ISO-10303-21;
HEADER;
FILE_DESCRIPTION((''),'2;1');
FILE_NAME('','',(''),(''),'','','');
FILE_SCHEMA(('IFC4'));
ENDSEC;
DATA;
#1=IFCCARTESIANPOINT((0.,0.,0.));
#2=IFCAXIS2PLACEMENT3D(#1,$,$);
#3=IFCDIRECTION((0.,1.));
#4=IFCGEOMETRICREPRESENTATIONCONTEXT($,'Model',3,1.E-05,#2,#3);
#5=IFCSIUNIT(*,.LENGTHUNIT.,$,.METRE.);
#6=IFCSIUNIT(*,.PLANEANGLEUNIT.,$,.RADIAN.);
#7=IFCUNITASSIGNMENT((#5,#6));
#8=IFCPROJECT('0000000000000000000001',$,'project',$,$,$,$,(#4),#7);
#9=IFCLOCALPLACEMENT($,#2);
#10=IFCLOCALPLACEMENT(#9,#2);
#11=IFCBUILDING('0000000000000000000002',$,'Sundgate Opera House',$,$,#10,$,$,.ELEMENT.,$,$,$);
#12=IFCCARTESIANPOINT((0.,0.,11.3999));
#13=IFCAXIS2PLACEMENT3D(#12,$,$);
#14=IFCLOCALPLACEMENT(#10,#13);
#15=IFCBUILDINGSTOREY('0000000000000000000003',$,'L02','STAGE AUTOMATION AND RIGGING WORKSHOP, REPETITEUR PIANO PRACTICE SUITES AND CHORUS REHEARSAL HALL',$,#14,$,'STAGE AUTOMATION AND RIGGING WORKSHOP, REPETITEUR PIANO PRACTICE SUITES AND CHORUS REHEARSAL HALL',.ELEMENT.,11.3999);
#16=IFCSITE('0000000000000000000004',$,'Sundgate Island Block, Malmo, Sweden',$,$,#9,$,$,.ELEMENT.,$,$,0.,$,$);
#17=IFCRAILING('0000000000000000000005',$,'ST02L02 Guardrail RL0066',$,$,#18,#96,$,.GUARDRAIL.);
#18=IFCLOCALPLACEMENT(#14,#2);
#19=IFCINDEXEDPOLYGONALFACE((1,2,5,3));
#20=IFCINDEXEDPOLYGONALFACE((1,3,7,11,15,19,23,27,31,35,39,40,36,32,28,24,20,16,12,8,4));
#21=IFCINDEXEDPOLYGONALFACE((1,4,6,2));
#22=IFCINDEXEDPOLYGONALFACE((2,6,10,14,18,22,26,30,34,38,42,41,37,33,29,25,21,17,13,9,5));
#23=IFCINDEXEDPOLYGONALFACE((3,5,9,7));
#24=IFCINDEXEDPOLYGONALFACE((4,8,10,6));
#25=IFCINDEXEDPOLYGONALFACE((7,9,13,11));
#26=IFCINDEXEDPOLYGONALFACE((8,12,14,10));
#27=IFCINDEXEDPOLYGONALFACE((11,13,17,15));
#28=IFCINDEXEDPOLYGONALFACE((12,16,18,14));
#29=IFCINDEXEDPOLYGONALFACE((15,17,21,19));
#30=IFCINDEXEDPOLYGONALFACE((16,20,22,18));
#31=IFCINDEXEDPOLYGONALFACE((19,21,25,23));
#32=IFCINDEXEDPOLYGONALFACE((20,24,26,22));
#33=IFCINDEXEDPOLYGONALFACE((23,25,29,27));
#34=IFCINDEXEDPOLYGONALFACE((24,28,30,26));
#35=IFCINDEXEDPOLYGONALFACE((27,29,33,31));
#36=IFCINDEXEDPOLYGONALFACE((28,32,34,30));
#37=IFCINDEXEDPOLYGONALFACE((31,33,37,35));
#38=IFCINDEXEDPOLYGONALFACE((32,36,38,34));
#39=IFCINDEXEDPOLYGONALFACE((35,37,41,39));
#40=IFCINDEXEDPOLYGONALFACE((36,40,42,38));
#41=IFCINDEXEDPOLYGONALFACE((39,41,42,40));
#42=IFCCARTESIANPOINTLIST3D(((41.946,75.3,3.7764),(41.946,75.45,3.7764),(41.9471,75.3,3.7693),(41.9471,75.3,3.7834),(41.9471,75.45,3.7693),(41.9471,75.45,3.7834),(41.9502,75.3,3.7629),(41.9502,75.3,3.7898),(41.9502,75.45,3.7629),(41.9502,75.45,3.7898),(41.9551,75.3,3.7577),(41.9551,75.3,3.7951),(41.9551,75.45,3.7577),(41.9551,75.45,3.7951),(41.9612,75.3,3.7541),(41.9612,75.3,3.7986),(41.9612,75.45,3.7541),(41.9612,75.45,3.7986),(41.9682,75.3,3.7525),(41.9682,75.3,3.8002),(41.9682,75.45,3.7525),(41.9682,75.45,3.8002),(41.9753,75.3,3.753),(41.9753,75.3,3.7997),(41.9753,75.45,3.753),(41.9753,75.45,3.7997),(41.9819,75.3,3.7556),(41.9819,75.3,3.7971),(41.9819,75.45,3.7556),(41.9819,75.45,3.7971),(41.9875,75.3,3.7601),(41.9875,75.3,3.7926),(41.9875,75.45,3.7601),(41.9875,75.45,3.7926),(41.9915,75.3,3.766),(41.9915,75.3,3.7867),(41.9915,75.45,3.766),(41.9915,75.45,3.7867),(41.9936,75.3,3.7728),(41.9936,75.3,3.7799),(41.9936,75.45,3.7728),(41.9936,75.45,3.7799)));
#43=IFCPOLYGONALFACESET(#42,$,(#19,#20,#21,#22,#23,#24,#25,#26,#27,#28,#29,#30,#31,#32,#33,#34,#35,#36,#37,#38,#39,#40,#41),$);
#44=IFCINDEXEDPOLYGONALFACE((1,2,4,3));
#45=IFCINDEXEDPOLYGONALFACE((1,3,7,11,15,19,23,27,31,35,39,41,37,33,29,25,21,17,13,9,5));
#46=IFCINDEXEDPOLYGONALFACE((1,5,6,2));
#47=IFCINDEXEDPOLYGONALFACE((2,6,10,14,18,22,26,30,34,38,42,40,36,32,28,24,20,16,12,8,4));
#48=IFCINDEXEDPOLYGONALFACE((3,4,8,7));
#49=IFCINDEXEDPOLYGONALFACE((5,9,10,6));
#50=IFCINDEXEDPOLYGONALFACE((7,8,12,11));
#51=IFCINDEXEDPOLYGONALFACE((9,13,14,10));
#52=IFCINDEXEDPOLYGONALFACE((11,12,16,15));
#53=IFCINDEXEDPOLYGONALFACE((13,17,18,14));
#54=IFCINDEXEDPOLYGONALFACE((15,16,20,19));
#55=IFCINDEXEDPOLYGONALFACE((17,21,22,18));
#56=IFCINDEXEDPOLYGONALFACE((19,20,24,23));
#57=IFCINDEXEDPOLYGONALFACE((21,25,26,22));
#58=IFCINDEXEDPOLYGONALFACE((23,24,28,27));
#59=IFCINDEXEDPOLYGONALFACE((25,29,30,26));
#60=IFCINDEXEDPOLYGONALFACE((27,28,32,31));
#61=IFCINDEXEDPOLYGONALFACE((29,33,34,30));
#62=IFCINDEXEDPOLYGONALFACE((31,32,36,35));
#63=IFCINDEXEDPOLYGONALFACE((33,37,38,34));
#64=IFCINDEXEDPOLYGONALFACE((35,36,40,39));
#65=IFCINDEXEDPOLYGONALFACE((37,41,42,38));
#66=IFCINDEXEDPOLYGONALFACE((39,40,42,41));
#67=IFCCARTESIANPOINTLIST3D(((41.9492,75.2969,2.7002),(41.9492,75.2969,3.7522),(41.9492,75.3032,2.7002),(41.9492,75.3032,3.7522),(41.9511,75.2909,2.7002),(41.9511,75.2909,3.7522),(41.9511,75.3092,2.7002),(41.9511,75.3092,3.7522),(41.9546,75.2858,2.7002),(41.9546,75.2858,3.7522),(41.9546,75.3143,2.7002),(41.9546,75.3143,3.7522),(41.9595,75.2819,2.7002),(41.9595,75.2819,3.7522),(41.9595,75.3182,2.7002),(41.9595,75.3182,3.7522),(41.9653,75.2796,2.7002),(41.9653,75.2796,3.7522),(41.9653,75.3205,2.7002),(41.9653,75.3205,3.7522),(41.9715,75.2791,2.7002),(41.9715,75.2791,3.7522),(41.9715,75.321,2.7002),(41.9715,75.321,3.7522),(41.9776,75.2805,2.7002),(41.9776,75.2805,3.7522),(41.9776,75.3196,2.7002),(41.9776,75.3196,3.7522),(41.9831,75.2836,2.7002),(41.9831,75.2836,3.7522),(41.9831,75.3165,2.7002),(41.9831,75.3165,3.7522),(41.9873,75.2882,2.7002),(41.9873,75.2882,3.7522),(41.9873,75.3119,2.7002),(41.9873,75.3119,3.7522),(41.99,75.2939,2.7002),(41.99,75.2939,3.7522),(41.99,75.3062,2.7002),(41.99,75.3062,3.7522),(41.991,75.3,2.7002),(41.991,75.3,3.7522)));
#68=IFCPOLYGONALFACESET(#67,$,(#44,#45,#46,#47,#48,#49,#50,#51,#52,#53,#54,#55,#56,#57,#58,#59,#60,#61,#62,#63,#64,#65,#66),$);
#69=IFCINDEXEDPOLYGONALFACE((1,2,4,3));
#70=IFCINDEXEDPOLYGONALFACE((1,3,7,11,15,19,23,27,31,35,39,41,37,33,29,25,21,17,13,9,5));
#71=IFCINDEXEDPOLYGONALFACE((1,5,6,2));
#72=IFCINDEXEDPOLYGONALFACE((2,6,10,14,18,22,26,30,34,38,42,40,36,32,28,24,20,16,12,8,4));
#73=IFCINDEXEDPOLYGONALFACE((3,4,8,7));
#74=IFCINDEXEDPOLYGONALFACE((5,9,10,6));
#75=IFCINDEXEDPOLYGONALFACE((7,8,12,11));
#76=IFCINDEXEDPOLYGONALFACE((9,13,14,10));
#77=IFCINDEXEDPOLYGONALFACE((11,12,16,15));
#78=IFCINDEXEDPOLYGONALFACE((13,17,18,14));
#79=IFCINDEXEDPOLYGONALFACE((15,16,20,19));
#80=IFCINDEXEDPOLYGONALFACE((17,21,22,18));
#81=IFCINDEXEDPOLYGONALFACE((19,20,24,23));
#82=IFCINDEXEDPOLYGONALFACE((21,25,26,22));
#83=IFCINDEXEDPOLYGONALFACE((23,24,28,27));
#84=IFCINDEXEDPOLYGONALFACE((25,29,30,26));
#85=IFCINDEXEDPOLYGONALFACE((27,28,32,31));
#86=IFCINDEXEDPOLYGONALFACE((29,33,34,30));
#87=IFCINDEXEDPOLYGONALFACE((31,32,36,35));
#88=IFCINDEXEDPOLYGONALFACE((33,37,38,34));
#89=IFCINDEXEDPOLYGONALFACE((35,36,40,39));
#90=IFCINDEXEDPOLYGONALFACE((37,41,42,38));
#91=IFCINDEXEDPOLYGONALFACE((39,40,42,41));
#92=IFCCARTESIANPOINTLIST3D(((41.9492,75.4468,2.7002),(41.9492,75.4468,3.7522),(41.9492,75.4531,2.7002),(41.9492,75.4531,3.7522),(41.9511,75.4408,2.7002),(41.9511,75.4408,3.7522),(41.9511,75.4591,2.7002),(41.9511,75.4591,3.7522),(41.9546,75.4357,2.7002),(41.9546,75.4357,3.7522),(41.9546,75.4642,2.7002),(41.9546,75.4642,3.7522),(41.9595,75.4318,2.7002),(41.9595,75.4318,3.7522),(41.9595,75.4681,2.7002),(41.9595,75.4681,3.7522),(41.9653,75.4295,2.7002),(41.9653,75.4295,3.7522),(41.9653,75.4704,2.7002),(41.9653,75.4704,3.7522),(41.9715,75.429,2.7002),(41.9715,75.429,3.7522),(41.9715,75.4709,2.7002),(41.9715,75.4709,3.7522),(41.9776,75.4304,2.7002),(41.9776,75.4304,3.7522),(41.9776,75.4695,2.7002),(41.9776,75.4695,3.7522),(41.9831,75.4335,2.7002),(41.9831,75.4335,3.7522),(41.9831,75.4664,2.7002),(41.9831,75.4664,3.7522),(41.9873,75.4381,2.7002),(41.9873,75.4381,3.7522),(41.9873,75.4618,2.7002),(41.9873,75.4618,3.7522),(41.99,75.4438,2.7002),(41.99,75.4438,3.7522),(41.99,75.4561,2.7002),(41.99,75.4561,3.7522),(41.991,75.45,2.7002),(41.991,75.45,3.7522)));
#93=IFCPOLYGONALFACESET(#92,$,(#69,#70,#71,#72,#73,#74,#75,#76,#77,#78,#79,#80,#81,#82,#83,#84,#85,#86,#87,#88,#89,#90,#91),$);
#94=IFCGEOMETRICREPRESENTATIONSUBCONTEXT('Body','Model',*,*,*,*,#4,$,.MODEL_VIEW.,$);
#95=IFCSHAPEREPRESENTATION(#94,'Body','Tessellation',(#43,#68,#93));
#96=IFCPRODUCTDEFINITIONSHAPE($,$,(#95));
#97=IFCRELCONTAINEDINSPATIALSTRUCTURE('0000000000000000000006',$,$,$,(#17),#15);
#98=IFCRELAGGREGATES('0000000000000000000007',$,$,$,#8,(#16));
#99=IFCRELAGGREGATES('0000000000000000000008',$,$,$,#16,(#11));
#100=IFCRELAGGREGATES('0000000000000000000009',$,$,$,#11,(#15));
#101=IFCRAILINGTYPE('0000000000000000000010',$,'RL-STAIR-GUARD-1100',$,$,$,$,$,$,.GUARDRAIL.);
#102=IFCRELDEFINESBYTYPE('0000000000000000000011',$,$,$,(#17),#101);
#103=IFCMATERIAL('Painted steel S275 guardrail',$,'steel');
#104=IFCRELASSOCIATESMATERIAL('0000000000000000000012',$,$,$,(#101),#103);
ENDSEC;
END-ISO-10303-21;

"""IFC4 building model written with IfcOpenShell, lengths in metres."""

from ifc_helpers import new_model, si_unit, direction, frame, origin, origin_2d, place, context, subcontext, project, spatial, circle, extrude, material, type_object, element, save


model = new_model("IFC4")

# Units and contexts
model_context = context("Model", 3, precision=1e-05, world=origin(), true_north=direction((0.0, 1.0)))
body_context = subcontext(model_context, "Body", "Model", "MODEL_VIEW")
ifc_project = project(units=[si_unit("LENGTHUNIT", "METRE"), si_unit("PLANEANGLEUNIT", "RADIAN")], contexts=[model_context])

# Site, building, storey
site_placement = place(None, origin())
site = spatial("IfcSite", under=ifc_project, at=site_placement, Name="Sundgate Island Block, Malmo, Sweden", CompositionType="ELEMENT", RefElevation=0.0)
building_placement = place(site_placement, origin())
building = spatial("IfcBuilding", under=site, at=building_placement, Name="Sundgate Opera House", CompositionType="ELEMENT")
storey_placement = place(building_placement, frame((0.0, 0.0, 11.3999)))
storey = spatial("IfcBuildingStorey", under=building, at=storey_placement, Name="L02", Description="STAGE AUTOMATION AND RIGGING WORKSHOP, REPETITEUR PIANO PRACTICE SUITES AND CHORUS REHEARSAL HALL", LongName="STAGE AUTOMATION AND RIGGING WORKSHOP, REPETITEUR PIANO PRACTICE SUITES AND CHORUS REHEARSAL HALL", CompositionType="ELEMENT", Elevation=11.3999)

# Railing
ifc_material_1 = material(Name="Painted steel S275 guardrail", Category="steel")
railing_type_1 = type_object("IfcRailingType", Name="RL-STAIR-GUARD-1100", PredefinedType="GUARDRAIL", material=ifc_material_1)
railing_1_placement = place(storey_placement, frame((41.97, 75.3, 2.7002)))
element("IfcRailing", 1, at=railing_1_placement, inside=storey, type_object=railing_type_1, Name="ST02L02 Guardrail RL0066", PredefinedType="GUARDRAIL", context=body_context, shape_type="SweptSolid", body=[
    extrude(circle(Radius=0.0239, at=origin_2d()), frame((0.0, 0.0, 1.0762), z_axis=(0.0, 1.0, 0.0), x_axis=(-1.0, 0.0, 0.0)), (0.0, 0.0, 1.0), 0.1499),
    extrude(circle(Radius=0.021, at=origin_2d()), origin(), (0.0, 0.0, 1.0), 1.052),
    extrude(circle(Radius=0.021, at=origin_2d()), frame((0.0, 0.1499, 0.0)), (0.0, 0.0, 1.0), 1.052),
])

save(model, "model.ifc")
